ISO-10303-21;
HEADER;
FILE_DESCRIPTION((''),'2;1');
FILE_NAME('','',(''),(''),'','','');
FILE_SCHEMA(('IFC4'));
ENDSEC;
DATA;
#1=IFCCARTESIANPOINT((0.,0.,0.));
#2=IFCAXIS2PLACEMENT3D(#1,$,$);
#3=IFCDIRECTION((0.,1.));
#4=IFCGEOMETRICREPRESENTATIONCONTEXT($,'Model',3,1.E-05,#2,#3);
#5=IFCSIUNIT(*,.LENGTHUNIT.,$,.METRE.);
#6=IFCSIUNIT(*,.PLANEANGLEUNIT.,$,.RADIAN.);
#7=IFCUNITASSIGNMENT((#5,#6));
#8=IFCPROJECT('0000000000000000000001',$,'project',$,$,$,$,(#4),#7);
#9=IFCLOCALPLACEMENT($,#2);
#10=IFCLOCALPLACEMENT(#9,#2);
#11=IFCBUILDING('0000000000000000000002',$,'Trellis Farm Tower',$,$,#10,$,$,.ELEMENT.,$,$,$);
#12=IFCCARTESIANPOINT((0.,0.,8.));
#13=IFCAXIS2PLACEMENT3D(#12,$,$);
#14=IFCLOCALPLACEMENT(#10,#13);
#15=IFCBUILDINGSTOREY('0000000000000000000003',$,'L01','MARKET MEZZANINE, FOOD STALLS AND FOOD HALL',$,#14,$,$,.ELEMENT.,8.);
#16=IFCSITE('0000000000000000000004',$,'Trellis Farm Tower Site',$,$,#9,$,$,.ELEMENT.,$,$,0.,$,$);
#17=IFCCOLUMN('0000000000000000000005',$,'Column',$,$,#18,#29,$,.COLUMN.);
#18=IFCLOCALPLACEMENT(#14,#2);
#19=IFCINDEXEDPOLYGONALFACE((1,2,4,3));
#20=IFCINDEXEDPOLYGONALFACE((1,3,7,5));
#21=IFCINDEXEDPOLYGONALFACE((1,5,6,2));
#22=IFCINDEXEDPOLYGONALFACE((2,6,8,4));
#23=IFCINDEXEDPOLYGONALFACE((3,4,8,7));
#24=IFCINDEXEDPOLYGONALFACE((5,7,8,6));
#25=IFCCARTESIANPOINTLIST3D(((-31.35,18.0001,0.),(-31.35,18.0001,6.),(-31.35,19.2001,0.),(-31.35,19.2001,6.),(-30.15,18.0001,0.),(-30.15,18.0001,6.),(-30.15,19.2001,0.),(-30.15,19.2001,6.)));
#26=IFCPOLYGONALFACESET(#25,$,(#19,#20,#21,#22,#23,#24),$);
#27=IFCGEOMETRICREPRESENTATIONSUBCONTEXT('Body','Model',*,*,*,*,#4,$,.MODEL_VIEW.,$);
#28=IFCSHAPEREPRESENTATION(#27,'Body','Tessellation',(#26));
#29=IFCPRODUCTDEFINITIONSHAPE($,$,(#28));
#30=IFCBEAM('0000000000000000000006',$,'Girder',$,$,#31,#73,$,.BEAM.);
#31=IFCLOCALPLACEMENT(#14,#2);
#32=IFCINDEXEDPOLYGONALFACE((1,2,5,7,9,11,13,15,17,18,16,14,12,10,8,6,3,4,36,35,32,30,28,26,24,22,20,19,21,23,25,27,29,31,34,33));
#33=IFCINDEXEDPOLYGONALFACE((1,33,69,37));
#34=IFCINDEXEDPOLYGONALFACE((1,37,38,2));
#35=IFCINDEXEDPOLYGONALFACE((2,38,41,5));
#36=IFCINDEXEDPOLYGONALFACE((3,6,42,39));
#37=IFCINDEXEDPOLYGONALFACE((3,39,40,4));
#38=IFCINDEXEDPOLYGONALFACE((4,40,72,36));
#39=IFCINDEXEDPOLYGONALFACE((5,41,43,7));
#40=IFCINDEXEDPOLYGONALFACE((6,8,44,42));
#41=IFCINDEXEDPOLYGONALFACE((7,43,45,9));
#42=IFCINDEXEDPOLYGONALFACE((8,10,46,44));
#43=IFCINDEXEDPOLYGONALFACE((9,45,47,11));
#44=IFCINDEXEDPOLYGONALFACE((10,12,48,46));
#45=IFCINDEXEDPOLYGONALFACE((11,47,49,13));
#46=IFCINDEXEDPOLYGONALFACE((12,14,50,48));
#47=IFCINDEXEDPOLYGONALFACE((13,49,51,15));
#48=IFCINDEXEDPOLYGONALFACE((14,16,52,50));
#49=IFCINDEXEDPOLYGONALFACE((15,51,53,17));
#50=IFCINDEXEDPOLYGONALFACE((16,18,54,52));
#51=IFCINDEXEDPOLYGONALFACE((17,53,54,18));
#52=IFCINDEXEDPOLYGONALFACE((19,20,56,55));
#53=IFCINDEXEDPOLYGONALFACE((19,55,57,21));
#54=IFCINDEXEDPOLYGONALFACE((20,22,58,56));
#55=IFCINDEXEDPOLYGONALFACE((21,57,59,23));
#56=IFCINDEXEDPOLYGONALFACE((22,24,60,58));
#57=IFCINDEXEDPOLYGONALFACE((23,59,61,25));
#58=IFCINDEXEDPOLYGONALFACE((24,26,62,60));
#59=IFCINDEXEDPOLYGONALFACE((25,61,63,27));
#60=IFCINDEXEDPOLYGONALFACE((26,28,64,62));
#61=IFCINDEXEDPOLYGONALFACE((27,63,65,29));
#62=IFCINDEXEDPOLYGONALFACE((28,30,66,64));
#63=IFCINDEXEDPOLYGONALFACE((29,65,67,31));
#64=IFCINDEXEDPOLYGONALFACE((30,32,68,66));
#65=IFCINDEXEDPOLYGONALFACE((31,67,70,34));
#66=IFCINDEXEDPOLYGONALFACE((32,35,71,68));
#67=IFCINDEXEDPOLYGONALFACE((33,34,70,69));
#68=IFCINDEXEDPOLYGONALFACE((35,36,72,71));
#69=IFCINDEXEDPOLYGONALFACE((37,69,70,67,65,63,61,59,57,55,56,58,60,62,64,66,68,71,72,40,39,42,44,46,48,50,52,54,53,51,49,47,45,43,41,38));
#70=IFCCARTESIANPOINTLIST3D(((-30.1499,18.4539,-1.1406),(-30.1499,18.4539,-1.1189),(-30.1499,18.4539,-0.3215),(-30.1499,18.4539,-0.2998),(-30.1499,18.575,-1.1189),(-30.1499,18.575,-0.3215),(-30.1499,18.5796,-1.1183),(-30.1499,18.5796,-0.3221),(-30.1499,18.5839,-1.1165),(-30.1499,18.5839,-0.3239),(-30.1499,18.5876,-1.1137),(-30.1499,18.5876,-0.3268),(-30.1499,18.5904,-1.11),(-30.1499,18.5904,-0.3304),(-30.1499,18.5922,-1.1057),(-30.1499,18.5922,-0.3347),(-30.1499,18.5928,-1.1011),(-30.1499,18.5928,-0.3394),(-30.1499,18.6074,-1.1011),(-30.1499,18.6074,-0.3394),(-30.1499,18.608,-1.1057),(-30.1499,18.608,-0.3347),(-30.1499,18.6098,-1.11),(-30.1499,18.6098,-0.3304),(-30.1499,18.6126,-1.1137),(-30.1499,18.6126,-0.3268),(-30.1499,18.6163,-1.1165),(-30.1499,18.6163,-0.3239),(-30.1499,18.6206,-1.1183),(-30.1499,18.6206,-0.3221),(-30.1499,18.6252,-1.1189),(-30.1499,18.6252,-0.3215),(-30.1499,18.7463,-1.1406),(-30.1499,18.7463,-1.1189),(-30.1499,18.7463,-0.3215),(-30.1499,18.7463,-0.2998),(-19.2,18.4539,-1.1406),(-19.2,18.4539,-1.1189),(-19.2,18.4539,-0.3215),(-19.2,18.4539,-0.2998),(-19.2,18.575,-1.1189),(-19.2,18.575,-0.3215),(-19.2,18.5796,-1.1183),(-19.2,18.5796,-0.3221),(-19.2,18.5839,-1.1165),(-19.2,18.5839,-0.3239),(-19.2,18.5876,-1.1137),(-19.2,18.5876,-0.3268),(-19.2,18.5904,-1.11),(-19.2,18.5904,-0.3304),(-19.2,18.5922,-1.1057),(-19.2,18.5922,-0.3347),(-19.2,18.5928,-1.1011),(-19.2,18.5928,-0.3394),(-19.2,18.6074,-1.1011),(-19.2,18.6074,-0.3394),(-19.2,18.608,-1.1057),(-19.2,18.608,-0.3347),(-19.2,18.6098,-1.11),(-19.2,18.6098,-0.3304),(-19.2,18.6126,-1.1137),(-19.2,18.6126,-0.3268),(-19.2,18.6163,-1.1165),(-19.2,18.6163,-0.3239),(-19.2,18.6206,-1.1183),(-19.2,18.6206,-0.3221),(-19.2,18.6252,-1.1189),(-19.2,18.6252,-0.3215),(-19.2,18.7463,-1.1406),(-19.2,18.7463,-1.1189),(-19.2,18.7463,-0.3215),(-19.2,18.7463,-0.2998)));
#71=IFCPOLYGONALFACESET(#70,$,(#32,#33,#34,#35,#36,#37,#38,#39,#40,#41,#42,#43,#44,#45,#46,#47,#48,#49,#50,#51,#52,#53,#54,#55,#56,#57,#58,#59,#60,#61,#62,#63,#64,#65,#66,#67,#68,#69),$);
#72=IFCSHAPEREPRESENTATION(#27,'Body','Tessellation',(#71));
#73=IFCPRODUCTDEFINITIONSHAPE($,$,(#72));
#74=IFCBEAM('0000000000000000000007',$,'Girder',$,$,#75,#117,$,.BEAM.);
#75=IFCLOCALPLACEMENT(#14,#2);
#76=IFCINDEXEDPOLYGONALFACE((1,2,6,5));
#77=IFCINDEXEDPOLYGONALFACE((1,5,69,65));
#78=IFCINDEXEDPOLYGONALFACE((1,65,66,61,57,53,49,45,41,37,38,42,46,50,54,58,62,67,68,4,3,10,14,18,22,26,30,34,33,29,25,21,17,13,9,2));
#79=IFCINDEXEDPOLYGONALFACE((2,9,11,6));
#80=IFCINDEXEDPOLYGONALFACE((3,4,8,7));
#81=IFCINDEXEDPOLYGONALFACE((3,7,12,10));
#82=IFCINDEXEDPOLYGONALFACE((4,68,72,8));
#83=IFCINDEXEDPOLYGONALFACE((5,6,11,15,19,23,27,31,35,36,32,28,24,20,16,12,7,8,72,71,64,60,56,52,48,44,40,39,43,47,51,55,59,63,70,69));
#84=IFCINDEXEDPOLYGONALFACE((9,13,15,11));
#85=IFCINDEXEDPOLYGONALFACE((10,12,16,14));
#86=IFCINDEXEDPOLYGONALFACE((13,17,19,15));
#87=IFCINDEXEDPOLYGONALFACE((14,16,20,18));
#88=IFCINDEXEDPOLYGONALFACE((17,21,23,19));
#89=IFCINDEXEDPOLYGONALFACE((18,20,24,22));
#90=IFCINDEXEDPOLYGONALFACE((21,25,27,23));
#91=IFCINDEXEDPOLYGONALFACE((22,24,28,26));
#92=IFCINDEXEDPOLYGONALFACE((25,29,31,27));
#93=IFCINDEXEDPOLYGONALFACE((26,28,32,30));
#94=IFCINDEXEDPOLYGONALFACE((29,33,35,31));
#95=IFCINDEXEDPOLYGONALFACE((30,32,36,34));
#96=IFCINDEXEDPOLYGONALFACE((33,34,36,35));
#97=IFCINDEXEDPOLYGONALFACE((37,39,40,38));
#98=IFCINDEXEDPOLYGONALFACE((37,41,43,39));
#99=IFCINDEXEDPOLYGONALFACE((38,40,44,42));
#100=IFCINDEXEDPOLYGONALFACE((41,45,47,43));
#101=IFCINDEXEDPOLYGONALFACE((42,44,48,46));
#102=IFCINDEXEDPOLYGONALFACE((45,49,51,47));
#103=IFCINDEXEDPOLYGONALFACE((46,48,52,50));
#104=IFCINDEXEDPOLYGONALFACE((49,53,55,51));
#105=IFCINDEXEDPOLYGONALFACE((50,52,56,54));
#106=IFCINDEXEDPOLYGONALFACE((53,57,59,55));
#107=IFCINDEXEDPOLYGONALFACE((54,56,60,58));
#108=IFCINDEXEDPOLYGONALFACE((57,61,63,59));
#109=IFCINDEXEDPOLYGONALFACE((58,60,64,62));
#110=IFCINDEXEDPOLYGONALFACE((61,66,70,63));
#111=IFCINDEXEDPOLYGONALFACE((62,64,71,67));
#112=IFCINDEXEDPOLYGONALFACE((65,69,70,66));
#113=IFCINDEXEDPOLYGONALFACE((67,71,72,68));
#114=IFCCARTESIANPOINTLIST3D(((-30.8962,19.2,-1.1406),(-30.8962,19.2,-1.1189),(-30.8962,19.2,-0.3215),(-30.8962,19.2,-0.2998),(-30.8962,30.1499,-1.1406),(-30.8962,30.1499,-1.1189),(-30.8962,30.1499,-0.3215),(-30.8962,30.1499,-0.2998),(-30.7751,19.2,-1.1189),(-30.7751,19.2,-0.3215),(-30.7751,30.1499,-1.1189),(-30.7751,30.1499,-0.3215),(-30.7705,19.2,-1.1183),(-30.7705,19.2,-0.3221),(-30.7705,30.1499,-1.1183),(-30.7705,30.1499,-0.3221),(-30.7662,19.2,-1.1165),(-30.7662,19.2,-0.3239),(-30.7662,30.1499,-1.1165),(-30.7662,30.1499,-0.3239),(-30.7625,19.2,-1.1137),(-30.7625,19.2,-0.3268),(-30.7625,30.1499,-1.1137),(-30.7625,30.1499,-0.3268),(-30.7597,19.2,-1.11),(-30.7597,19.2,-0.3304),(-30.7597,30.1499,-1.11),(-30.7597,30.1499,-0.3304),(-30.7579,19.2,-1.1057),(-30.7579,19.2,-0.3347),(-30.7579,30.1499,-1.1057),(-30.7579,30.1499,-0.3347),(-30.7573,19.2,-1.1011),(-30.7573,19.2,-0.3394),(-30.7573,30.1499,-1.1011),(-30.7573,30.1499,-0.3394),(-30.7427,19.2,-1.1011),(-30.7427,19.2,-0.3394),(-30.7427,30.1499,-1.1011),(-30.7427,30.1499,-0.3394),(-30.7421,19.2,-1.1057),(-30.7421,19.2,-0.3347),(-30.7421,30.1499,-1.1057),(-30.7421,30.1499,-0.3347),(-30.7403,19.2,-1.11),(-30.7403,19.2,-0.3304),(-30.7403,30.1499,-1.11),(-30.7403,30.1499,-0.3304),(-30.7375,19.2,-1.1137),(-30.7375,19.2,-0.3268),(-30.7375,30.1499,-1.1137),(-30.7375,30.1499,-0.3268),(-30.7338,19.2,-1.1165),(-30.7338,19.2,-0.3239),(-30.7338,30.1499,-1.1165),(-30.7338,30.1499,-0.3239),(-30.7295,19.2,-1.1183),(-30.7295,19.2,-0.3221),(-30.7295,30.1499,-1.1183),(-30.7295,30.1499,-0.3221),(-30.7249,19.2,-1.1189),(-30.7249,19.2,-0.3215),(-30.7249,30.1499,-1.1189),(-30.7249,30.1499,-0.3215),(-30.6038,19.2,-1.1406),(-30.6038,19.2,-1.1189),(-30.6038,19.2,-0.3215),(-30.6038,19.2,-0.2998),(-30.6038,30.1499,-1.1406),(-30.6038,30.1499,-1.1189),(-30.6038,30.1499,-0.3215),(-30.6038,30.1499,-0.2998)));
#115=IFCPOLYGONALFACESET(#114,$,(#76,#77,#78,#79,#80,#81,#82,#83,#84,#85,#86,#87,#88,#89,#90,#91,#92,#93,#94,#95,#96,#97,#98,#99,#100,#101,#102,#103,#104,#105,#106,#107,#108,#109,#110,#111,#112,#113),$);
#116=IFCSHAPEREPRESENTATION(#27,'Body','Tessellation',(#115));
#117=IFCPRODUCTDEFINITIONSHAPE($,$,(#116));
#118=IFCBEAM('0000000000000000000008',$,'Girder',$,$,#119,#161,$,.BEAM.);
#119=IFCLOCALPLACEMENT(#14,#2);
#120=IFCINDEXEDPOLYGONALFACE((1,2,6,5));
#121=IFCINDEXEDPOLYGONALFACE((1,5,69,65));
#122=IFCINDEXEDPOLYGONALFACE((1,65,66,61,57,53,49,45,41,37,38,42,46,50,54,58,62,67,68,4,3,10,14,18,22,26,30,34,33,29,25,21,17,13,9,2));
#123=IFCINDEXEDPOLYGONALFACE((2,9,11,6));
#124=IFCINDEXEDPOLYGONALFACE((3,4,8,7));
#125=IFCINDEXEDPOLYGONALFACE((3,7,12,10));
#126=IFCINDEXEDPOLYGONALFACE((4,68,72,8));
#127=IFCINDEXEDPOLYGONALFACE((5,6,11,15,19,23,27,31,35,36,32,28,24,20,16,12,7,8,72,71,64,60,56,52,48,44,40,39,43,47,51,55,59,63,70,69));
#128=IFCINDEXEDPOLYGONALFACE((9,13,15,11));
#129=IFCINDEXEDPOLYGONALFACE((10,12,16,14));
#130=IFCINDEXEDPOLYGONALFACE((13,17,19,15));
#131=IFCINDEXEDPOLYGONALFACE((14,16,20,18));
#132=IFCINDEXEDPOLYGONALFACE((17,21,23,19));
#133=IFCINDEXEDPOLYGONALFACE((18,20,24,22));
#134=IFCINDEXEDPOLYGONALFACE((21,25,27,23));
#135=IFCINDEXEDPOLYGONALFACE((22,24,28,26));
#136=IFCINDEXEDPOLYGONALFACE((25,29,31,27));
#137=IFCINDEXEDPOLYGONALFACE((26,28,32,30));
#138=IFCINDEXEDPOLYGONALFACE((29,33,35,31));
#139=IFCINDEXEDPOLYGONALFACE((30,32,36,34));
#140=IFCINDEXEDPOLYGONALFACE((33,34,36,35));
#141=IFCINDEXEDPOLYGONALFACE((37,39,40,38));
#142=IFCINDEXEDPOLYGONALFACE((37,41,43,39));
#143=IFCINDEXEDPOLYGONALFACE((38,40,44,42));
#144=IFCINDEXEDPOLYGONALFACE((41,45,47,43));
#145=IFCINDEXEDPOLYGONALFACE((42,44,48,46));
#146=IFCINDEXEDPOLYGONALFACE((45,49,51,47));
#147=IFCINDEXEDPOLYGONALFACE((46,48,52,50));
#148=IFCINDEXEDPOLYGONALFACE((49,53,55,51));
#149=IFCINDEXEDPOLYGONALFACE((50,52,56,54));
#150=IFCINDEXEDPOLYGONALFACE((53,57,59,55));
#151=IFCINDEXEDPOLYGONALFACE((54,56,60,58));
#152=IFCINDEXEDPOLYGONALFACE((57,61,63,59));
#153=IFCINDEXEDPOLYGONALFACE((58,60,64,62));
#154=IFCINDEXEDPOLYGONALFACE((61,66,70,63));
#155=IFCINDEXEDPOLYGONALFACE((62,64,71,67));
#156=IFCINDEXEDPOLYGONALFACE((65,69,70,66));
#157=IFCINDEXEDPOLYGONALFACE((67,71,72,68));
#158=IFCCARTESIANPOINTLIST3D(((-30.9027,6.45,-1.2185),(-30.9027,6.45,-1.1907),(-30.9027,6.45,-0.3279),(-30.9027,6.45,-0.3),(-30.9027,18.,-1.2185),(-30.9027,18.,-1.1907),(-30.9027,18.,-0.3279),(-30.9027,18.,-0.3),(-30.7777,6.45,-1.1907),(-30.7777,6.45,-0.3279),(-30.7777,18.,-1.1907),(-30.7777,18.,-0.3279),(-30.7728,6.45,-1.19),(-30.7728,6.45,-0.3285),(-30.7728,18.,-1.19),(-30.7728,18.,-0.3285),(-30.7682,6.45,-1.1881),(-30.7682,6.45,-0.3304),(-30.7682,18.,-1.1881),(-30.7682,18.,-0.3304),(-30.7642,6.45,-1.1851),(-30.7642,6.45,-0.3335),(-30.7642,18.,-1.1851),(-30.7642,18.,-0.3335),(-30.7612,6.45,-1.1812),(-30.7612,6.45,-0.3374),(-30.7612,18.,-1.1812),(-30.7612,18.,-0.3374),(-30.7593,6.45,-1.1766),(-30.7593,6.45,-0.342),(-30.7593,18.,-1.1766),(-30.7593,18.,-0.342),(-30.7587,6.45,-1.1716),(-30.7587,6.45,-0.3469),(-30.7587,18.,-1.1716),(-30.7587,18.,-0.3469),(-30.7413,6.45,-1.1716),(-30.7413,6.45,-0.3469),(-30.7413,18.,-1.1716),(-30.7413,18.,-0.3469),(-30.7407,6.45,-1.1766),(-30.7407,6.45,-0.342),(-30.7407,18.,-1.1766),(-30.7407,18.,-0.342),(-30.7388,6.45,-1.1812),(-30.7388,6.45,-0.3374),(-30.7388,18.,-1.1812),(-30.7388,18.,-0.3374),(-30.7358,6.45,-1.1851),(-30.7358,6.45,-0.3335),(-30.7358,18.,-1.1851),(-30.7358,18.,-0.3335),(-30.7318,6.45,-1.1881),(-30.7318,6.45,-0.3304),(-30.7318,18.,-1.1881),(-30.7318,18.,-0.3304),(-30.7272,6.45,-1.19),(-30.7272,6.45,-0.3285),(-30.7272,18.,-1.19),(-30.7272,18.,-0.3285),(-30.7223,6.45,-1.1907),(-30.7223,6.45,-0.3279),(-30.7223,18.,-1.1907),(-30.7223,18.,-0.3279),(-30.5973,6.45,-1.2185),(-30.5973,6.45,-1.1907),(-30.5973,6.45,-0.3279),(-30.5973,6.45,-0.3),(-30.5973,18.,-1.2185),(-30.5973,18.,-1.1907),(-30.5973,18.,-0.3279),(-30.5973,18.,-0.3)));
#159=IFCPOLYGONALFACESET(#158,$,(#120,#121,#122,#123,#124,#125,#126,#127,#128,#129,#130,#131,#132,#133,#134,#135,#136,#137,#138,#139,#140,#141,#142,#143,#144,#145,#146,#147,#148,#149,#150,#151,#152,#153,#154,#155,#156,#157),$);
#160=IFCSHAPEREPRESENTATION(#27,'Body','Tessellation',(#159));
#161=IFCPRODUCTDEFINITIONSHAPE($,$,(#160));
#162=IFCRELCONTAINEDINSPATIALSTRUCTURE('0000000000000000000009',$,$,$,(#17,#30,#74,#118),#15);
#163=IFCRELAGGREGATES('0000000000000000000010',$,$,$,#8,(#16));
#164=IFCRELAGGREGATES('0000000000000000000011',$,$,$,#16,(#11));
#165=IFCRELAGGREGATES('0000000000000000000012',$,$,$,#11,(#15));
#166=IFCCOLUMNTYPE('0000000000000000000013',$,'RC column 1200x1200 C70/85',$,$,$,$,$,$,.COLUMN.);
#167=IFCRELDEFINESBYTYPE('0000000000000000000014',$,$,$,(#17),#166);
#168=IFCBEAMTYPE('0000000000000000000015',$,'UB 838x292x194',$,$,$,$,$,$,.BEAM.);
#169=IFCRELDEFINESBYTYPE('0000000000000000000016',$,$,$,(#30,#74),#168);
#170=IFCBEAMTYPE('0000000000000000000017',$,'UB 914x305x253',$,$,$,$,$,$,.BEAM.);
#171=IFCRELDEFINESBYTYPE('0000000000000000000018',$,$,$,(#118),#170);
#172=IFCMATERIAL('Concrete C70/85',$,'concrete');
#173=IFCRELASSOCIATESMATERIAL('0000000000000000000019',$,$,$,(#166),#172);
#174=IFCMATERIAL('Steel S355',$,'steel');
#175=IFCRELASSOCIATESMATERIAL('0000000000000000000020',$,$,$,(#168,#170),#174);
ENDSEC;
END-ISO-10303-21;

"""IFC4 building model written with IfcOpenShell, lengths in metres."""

from ifc_helpers import new_model, si_unit, direction, frame, origin, origin_2d, place, context, subcontext, project, spatial, rectangle, i_section, extrude, source, transform, mapped, material, material_profile, profile_set, type_object, element, save


model = new_model("IFC4")

# Units and contexts
model_context = context("Model", 3, precision=1e-05, world=origin(), true_north=direction((0.0, 1.0)))
body_context = subcontext(model_context, "Body", "Model", "MODEL_VIEW")
ifc_project = project(units=[si_unit("LENGTHUNIT", "METRE"), si_unit("PLANEANGLEUNIT", "RADIAN")], contexts=[model_context])

# Site, building, storey
site_placement = place(None, origin())
site = spatial("IfcSite", under=ifc_project, at=site_placement, Name="Trellis Farm Tower Site", CompositionType="ELEMENT", RefElevation=0.0)
building_placement = place(site_placement, origin())
building = spatial("IfcBuilding", under=site, at=building_placement, Name="Trellis Farm Tower", CompositionType="ELEMENT")
storey_placement = place(building_placement, frame((0.0, 0.0, 8.0)))
storey = spatial("IfcBuildingStorey", under=building, at=storey_placement, Name="L01", Description="MARKET MEZZANINE, FOOD STALLS AND FOOD HALL", CompositionType="ELEMENT", Elevation=8.0)

# Column
ifc_material_1 = material(Name="Concrete C70/85", Category="concrete")
ifc_material_profile_1 = material_profile(ifc_material_1, rectangle(XDim=1.2, YDim=1.2, at=origin_2d()), Name="RC column 1200x1200 C70/85")
ifc_profile_set_1 = profile_set([ifc_material_profile_1], Name="Concrete C70/85")
column_type = type_object("IfcColumnType", Name="RC column 1200x1200 C70/85", PredefinedType="COLUMN", material=ifc_profile_set_1)
shared_shape_1 = source(origin(), body_context, "Body", "SweptSolid", [
    extrude(rectangle(XDim=1.2, YDim=1.2, at=origin_2d()), origin(), (0.0, 0.0, 1.0), 6.0),
])
column_placement = place(storey_placement, frame((-30.75, 18.6001, 0.0), z_axis=(0.0, 0.0, 1.0), x_axis=(1.0, 0.0, 0.0)))
element("IfcColumn", 1, at=column_placement, inside=storey, type_object=column_type, Name="Column", PredefinedType="COLUMN", context=body_context, shape_type="MappedRepresentation", body=[
    mapped(shared_shape_1, transform((0.0, 0.0, 0.0))),
])

# Beams
ifc_material_2 = material(Name="Steel S355", Category="steel")
ifc_material_profile_2 = material_profile(ifc_material_2, i_section(OverallWidth=0.2925, OverallDepth=0.8408, WebThickness=0.0146, FlangeThickness=0.0217, FilletRadius=0.0178, at=origin_2d()), Name="UB 838x292x194")
ifc_profile_set_2 = profile_set([ifc_material_profile_2], Name="Steel S355")
beam_type_1 = type_object("IfcBeamType", Name="UB 838x292x194", PredefinedType="BEAM", material=ifc_profile_set_2)
shared_shape_2 = source(origin(), body_context, "Body", "SweptSolid", [
    extrude(i_section(OverallWidth=0.2925, OverallDepth=0.8408, WebThickness=0.0146, FlangeThickness=0.0217, FilletRadius=0.0178, at=origin_2d()), origin(), (0.0, 0.0, 1.0), 10.95),
])
for number, where, z_axis, x_axis, name in (
    (2, (-30.1499, 18.6001, -0.7202), (1.0, 0.0, 0.0), (0.0, 1.0, 0.0), "Girder"),
    (3, (-30.75, 19.2, -0.7202), (0.0, 1.0, 0.0), (-1.0, 0.0, 0.0), "Girder"),
):
    element("IfcBeam", number, at=place(storey_placement, frame(where, z_axis=z_axis, x_axis=x_axis)), inside=storey, type_object=beam_type_1, Name=name, PredefinedType="BEAM", context=body_context, shape_type="MappedRepresentation", body=[
        mapped(shared_shape_2, transform((0.0, 0.0, 0.0))),
    ])
ifc_material_profile_3 = material_profile(ifc_material_2, i_section(OverallWidth=0.3054, OverallDepth=0.9185, WebThickness=0.0173, FlangeThickness=0.0278, FilletRadius=0.019, at=origin_2d()), Name="UB 914x305x253")
ifc_profile_set_3 = profile_set([ifc_material_profile_3], Name="Steel S355")
beam_type_2 = type_object("IfcBeamType", Name="UB 914x305x253", PredefinedType="BEAM", material=ifc_profile_set_3)
shared_shape_3 = source(origin(), body_context, "Body", "SweptSolid", [
    extrude(i_section(OverallWidth=0.3054, OverallDepth=0.9185, WebThickness=0.0173, FlangeThickness=0.0278, FilletRadius=0.019, at=origin_2d()), origin(), (0.0, 0.0, 1.0), 11.55),
])
beam_1_placement = place(storey_placement, frame((-30.75, 6.45, -0.7593), z_axis=(0.0, 1.0, 0.0), x_axis=(-1.0, 0.0, 0.0)))
element("IfcBeam", 4, at=beam_1_placement, inside=storey, type_object=beam_type_2, Name="Girder", PredefinedType="BEAM", context=body_context, shape_type="MappedRepresentation", body=[
    mapped(shared_shape_3, transform((0.0, 0.0, 0.0))),
])

save(model, "model.ifc")
